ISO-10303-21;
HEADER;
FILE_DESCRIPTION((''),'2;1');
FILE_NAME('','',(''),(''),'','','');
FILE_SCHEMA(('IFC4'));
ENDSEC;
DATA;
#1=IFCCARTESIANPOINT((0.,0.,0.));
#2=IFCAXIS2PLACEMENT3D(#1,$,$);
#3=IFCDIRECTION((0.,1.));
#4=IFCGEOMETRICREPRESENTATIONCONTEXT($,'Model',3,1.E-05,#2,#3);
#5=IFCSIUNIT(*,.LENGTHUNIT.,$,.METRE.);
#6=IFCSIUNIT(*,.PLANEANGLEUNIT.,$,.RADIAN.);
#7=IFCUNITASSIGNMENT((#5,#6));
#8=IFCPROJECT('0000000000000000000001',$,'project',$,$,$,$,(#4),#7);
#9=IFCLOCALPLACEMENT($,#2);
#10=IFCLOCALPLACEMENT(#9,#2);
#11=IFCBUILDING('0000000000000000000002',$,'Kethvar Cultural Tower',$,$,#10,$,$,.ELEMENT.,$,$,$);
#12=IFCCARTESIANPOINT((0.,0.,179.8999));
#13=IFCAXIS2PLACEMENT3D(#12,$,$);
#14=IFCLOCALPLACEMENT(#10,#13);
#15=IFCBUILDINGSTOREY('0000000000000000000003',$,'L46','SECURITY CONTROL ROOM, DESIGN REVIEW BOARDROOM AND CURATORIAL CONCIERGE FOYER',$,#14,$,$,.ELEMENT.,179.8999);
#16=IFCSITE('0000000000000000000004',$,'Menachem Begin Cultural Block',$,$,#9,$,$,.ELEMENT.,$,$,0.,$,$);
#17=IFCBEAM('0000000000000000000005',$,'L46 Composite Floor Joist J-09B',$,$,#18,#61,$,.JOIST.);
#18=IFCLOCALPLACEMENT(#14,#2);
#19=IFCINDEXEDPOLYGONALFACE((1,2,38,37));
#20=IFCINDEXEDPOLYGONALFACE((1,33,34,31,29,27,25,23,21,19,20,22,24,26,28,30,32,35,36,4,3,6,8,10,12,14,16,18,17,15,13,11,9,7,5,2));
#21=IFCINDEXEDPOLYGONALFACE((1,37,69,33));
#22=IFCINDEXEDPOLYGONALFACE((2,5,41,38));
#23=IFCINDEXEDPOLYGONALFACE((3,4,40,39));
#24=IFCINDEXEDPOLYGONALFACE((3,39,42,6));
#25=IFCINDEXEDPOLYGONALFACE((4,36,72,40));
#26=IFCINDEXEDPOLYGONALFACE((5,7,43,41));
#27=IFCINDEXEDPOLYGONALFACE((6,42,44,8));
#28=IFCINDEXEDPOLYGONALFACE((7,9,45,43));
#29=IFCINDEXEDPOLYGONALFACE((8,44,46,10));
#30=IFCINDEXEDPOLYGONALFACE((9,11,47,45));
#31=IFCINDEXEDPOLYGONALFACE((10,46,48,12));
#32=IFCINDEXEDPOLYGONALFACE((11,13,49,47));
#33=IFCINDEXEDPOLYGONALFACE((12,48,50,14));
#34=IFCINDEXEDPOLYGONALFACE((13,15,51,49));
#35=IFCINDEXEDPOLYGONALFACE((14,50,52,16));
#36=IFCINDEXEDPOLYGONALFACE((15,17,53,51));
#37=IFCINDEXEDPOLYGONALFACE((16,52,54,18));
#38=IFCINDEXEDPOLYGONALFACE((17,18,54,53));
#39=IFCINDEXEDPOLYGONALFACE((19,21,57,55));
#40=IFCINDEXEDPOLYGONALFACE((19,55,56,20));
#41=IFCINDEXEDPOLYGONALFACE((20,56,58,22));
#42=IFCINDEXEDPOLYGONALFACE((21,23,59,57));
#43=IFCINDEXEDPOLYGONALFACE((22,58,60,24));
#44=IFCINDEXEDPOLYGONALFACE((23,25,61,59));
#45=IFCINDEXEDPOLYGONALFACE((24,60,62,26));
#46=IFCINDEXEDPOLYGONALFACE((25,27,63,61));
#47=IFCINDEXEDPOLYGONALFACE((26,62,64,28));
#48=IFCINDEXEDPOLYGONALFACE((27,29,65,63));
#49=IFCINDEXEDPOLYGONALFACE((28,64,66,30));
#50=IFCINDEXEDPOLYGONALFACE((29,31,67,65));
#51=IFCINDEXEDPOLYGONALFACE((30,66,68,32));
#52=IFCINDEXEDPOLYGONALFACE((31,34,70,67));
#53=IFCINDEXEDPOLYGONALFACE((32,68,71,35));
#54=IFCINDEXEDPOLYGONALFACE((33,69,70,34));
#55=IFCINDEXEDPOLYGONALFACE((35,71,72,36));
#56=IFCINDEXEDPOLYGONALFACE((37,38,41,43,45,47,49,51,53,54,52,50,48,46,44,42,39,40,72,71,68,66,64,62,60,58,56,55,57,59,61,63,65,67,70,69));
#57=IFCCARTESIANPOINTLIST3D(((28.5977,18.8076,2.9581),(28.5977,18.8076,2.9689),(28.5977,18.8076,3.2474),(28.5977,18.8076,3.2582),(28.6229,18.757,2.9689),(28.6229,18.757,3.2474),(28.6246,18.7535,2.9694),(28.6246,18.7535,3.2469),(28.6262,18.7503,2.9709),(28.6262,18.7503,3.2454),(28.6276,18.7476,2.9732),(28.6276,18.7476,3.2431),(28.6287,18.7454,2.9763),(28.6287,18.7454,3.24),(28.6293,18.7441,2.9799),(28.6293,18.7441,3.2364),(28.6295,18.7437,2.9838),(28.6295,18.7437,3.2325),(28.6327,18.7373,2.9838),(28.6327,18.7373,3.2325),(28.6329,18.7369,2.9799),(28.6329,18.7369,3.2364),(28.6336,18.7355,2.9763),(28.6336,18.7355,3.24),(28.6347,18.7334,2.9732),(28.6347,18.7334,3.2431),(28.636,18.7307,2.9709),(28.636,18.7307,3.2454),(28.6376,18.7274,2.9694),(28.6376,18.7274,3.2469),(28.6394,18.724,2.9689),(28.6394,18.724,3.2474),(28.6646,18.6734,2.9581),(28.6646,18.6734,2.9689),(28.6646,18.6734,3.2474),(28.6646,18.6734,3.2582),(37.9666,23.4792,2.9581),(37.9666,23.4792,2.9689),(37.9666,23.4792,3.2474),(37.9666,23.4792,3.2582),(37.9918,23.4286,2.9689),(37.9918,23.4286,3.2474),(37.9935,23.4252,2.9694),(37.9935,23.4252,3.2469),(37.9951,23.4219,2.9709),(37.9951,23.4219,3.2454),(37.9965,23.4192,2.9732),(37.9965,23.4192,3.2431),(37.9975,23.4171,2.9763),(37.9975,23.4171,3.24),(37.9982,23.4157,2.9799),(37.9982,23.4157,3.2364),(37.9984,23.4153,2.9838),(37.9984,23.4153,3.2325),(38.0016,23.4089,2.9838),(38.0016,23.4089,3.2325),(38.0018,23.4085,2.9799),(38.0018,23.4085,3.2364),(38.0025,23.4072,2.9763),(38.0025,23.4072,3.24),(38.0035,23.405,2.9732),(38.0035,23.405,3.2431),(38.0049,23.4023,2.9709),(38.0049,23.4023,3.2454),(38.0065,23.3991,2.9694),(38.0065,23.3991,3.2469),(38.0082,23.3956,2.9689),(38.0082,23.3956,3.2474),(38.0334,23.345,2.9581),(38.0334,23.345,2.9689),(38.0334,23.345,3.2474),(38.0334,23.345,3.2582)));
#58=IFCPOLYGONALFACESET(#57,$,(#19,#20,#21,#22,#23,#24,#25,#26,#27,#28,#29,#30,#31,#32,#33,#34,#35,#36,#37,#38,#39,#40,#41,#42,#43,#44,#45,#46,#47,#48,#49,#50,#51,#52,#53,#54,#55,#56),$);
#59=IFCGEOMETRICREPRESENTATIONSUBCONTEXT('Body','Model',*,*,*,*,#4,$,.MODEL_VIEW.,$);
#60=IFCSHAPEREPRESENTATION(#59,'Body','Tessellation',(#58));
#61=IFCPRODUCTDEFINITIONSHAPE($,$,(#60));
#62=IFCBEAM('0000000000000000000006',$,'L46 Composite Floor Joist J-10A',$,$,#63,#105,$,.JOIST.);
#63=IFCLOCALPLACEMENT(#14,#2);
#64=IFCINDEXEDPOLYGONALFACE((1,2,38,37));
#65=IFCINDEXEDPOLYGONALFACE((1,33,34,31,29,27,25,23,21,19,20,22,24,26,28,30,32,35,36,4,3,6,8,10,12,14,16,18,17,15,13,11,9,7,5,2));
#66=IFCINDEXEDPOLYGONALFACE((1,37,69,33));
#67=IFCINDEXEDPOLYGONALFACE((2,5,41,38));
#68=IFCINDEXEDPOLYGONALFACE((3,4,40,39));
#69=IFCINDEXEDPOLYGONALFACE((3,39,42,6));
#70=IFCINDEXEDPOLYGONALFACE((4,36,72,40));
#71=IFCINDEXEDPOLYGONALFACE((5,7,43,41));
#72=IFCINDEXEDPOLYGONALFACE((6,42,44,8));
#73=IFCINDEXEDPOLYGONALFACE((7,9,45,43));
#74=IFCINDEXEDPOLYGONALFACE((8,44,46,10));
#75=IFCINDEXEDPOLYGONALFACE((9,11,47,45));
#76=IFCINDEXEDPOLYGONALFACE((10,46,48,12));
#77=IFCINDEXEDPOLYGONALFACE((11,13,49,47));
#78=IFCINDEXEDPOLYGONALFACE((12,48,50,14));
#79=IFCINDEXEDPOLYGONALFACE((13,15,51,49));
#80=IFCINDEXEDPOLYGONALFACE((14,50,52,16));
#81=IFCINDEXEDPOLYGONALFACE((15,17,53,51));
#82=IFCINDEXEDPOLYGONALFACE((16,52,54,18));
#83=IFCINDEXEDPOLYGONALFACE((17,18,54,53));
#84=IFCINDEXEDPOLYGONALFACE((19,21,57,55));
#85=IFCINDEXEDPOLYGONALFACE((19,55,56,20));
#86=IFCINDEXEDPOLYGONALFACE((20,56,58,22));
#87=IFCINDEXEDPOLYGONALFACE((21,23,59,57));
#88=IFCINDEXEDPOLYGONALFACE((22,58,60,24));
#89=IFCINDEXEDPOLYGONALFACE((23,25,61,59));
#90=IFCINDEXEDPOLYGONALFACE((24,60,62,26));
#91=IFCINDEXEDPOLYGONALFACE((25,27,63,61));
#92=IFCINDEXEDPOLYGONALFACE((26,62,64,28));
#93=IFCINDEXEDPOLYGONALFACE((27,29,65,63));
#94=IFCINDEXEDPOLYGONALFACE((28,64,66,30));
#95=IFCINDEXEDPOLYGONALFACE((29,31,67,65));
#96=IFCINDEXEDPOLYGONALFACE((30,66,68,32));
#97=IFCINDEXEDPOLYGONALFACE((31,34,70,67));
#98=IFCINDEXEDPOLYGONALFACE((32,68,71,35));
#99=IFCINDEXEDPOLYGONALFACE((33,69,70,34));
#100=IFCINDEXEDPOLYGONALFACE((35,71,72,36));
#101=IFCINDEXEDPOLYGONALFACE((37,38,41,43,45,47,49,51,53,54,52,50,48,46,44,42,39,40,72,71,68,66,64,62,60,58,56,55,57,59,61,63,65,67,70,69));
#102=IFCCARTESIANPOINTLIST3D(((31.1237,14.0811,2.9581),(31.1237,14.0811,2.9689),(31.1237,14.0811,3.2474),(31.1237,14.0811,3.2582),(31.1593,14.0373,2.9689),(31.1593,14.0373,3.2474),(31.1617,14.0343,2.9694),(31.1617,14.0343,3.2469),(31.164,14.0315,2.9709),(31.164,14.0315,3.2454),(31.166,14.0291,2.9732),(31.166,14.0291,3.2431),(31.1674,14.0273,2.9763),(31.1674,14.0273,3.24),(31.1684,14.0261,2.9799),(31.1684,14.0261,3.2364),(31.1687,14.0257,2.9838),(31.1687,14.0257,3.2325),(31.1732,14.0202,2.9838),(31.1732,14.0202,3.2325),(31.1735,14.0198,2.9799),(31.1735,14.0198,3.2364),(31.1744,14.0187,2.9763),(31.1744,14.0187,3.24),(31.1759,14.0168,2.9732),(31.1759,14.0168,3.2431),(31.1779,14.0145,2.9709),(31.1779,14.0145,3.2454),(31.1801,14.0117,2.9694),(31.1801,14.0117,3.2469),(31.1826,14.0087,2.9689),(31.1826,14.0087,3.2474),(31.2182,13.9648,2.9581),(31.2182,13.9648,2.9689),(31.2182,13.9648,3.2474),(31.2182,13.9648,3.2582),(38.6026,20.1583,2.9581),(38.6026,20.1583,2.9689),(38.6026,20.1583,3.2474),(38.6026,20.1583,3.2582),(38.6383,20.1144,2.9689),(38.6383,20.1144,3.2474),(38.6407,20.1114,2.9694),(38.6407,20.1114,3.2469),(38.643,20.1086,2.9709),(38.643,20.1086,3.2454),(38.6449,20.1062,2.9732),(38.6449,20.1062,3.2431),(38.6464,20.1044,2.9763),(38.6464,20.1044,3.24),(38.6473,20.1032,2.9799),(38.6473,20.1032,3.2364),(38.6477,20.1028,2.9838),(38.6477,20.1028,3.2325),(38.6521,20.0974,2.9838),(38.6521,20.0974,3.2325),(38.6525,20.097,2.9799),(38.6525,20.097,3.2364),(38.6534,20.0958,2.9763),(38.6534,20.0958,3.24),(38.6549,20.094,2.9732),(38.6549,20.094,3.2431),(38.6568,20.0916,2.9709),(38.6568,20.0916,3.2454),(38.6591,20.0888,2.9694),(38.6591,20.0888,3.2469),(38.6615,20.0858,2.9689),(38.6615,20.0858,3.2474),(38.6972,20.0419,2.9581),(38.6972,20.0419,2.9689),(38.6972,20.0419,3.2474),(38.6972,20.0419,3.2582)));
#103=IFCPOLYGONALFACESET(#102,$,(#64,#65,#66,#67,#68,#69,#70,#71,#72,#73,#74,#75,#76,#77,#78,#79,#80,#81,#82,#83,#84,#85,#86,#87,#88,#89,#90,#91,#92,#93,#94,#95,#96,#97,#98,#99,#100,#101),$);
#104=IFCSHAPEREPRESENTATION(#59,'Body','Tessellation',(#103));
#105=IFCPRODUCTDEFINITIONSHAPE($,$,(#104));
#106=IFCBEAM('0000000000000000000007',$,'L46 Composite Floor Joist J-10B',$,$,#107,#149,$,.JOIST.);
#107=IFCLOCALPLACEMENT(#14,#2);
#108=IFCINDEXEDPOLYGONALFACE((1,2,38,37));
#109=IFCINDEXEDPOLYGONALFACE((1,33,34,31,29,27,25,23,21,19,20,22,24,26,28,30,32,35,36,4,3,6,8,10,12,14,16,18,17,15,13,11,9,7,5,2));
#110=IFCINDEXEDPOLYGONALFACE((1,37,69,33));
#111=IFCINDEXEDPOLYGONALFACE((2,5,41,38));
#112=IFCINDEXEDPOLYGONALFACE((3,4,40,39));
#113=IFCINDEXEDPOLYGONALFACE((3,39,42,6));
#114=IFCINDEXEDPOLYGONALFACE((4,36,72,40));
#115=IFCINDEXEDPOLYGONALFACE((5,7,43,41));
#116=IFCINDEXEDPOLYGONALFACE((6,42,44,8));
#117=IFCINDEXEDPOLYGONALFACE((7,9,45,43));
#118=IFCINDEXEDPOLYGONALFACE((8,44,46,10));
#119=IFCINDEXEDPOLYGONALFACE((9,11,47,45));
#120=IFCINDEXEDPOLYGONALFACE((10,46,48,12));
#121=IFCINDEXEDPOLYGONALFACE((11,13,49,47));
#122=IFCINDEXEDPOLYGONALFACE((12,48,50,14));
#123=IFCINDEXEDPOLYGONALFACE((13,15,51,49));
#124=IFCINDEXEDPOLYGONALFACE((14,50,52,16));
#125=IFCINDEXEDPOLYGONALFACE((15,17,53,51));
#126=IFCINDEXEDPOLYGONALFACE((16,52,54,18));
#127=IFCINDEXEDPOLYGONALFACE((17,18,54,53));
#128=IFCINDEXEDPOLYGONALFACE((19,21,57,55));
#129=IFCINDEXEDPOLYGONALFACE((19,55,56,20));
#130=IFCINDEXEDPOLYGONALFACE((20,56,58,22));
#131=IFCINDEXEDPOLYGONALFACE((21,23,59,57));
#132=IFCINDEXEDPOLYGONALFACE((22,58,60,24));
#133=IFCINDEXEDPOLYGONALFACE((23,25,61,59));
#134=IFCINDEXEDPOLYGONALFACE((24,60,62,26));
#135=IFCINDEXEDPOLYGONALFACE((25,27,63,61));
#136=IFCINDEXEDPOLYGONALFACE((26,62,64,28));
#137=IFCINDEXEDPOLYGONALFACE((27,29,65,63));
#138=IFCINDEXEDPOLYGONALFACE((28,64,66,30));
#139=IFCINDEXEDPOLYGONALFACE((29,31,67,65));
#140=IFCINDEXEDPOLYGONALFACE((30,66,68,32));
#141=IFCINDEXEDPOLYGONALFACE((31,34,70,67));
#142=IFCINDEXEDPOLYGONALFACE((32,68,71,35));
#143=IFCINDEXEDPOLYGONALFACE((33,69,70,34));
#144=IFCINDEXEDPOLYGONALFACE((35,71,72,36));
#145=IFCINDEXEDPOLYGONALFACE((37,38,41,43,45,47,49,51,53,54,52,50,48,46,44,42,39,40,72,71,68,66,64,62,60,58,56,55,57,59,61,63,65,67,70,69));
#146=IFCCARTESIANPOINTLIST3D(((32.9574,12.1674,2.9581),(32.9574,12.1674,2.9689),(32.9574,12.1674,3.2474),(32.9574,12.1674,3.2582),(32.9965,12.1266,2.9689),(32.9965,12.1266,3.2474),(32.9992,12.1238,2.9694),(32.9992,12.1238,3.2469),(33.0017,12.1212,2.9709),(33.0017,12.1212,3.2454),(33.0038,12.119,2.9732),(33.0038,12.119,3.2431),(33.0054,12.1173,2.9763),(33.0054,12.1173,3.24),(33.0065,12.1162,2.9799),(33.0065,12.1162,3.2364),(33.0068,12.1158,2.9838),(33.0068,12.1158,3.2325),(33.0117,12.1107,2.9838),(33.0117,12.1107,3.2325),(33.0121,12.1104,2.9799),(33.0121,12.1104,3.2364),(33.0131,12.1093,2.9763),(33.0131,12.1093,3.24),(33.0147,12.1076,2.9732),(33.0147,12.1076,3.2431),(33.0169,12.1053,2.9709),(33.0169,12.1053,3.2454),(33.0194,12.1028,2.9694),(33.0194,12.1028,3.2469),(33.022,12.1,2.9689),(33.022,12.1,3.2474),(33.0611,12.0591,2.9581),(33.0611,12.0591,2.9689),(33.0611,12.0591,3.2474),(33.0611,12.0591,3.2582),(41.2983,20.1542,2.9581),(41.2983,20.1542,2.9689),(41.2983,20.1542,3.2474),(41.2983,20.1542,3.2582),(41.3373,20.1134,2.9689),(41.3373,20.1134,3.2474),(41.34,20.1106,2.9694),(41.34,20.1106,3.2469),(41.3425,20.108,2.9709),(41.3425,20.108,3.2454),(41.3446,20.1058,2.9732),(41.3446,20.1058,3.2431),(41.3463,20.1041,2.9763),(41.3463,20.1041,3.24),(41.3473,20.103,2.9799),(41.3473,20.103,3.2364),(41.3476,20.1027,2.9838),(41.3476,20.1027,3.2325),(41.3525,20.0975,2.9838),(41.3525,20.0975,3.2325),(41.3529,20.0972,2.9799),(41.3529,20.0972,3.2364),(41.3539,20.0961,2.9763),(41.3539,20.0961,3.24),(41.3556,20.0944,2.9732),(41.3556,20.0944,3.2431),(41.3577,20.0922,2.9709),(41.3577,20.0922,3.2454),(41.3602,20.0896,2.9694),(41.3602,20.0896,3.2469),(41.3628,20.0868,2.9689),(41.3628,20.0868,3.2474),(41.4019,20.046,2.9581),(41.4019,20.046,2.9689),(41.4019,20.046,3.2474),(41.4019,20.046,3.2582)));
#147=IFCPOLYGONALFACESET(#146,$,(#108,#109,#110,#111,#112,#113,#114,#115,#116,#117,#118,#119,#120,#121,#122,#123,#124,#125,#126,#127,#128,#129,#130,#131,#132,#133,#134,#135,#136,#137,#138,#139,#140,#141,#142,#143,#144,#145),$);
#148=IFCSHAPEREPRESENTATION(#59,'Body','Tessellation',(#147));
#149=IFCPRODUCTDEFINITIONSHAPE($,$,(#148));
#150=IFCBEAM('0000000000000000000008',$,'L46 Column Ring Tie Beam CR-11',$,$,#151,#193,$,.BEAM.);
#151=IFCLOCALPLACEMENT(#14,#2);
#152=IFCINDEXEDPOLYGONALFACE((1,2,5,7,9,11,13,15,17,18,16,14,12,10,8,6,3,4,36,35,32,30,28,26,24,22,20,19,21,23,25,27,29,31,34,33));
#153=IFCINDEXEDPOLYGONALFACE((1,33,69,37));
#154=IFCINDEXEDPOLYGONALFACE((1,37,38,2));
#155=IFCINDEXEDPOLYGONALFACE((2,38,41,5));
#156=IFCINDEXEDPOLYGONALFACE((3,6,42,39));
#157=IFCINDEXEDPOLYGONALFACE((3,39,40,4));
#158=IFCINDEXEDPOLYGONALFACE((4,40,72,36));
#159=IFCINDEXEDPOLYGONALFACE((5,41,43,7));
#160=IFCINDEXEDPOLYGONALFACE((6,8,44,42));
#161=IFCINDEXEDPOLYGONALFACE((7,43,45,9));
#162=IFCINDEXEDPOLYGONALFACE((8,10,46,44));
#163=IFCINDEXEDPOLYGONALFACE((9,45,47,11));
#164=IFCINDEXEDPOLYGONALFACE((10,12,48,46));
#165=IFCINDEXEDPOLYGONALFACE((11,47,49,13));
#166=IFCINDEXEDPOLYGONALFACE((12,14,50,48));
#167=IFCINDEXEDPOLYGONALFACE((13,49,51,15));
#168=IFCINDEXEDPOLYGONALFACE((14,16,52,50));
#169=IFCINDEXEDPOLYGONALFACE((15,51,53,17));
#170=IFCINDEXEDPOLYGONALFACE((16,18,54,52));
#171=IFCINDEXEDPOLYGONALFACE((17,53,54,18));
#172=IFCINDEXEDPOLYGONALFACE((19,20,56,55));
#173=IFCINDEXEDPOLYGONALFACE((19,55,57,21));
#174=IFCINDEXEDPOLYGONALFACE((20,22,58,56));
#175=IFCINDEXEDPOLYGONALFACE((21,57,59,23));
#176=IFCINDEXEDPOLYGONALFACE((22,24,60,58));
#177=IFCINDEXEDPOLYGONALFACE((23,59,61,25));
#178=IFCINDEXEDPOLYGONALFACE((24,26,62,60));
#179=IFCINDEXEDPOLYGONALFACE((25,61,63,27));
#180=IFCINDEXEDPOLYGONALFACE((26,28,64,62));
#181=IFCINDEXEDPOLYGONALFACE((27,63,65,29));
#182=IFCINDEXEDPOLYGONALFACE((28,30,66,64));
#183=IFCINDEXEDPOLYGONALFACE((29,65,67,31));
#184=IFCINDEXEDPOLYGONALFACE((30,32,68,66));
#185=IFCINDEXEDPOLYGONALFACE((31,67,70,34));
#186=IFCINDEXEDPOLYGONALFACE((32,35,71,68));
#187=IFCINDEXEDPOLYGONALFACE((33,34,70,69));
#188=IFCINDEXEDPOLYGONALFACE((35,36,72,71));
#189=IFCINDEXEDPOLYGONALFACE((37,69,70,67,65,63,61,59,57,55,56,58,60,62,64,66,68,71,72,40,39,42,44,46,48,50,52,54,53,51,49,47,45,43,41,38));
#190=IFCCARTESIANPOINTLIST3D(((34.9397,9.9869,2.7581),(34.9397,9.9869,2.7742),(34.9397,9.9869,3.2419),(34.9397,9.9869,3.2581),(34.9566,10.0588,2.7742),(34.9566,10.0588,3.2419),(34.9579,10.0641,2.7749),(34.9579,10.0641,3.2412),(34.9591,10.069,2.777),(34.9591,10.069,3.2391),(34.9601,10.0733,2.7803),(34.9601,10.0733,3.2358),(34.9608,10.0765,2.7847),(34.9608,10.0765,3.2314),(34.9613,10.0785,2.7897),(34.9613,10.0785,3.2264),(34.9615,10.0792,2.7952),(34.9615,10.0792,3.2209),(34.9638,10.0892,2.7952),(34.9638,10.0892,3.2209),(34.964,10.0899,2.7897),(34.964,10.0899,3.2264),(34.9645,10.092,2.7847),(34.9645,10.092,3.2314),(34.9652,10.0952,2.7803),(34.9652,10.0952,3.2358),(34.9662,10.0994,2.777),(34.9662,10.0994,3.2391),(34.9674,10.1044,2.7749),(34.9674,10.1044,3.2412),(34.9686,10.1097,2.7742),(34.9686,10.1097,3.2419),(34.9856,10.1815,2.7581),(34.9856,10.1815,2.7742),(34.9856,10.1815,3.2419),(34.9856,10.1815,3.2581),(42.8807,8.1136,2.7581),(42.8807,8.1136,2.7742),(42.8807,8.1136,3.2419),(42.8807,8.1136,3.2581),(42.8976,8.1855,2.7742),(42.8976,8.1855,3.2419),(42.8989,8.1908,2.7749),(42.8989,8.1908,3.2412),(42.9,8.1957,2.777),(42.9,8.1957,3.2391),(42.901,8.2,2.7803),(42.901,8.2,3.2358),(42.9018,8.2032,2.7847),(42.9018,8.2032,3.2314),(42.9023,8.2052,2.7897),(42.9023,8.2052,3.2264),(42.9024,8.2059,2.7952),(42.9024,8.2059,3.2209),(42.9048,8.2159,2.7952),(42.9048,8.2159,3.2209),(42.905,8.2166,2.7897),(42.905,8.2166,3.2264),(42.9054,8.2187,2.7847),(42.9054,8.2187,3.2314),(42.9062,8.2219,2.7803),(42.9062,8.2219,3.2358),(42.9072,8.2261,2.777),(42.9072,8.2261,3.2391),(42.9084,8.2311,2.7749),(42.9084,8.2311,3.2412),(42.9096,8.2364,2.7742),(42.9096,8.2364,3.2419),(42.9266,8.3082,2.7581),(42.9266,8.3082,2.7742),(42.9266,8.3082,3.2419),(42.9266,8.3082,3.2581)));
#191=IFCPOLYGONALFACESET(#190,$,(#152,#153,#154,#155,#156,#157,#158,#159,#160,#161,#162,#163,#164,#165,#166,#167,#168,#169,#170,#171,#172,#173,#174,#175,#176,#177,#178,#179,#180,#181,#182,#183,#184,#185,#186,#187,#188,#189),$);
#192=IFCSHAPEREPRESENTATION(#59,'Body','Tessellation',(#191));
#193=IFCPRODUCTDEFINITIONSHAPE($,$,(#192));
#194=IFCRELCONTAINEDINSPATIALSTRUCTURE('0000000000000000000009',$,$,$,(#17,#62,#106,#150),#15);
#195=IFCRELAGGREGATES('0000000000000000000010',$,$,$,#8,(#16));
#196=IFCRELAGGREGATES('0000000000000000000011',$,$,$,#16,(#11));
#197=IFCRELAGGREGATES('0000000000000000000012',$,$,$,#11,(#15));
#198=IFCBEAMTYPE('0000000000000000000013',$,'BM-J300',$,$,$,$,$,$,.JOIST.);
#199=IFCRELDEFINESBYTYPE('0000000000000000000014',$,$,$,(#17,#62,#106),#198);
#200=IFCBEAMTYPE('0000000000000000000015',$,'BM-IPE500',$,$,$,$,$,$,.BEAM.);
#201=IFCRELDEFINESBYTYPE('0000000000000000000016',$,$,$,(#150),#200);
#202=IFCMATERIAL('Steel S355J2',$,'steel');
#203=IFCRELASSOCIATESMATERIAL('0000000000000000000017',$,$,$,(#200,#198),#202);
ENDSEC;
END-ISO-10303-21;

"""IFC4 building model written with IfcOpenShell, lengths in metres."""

from ifc_helpers import new_model, si_unit, direction, frame, origin, origin_2d, place, context, subcontext, project, spatial, i_section, extrude, source, transform, mapped, material, material_profile, profile_set, type_object, element, save


model = new_model("IFC4")

# Units and contexts
model_context = context("Model", 3, precision=1e-05, world=origin(), true_north=direction((0.0, 1.0)))
body_context = subcontext(model_context, "Body", "Model", "MODEL_VIEW")
ifc_project = project(units=[si_unit("LENGTHUNIT", "METRE"), si_unit("PLANEANGLEUNIT", "RADIAN")], contexts=[model_context])

# Site, building, storey
site_placement = place(None, origin())
site = spatial("IfcSite", under=ifc_project, at=site_placement, Name="Menachem Begin Cultural Block", CompositionType="ELEMENT", RefElevation=0.0)
building_placement = place(site_placement, origin())
building = spatial("IfcBuilding", under=site, at=building_placement, Name="Kethvar Cultural Tower", CompositionType="ELEMENT")
storey_placement = place(building_placement, frame((0.0, 0.0, 179.8999)))
storey = spatial("IfcBuildingStorey", under=building, at=storey_placement, Name="L46", Description="SECURITY CONTROL ROOM, DESIGN REVIEW BOARDROOM AND CURATORIAL CONCIERGE FOYER", CompositionType="ELEMENT", Elevation=179.8999)

# Beams
ifc_material_1 = material(Name="Steel S355J2", Category="steel")
ifc_material_profile_1 = material_profile(ifc_material_1, i_section(OverallWidth=0.2, OverallDepth=0.5, WebThickness=0.0103, FlangeThickness=0.0161, FilletRadius=0.021, at=origin_2d()), Name="Steel S355J2 — IPE500")
ifc_profile_set_1 = profile_set([ifc_material_profile_1], Name="Steel S355J2 — IPE500")
beam_type_1 = type_object("IfcBeamType", Name="BM-IPE500", PredefinedType="BEAM", material=ifc_profile_set_1)
ifc_material_profile_2 = material_profile(ifc_material_1, i_section(OverallWidth=0.1499, OverallDepth=0.3, WebThickness=0.0071, FlangeThickness=0.0107, FilletRadius=0.0149, at=origin_2d()), Name="Steel S355J2 — IPE300")
ifc_profile_set_2 = profile_set([ifc_material_profile_2], Name="Steel S355J2 — IPE300")
beam_type_2 = type_object("IfcBeamType", Name="BM-J300", PredefinedType="JOIST", material=ifc_profile_set_2)
shared_shape_1 = source(origin(), body_context, "Body", "SweptSolid", [
    extrude(i_section(OverallWidth=0.1499, OverallDepth=0.3, WebThickness=0.0071, FlangeThickness=0.0107, FilletRadius=0.0149, at=origin_2d()), origin(), (0.0, 0.0, 1.0), 10.469),
])
beam_1_placement = place(storey_placement, frame((38.0, 23.4121, 3.1082), z_axis=(-0.894916, -0.446234, 0.0), x_axis=(0.446234, -0.894916, 0.0)))
element("IfcBeam", 1, at=beam_1_placement, inside=storey, type_object=beam_type_2, Name="L46 Composite Floor Joist J-09B", PredefinedType="JOIST", context=body_context, shape_type="MappedRepresentation", body=[
    mapped(shared_shape_1, transform((0.0, 0.0, 0.0), scale=1.0)),
])
shared_shape_2 = source(origin(), body_context, "Body", "SweptSolid", [
    extrude(i_section(OverallWidth=0.1499, OverallDepth=0.3, WebThickness=0.0071, FlangeThickness=0.0107, FilletRadius=0.0149, at=origin_2d()), origin(), (0.0, 0.0, 1.0), 9.6367),
])
beam_2_placement = place(storey_placement, frame((38.6499, 20.1001, 3.1082), z_axis=(-0.776091, -0.630621, 0.0), x_axis=(0.630621, -0.776091, 0.0)))
element("IfcBeam", 2, at=beam_2_placement, inside=storey, type_object=beam_type_2, Name="L46 Composite Floor Joist J-10A", PredefinedType="JOIST", context=body_context, shape_type="MappedRepresentation", body=[
    mapped(shared_shape_2, transform((0.0, 0.0, 0.0), scale=1.0)),
])
shared_shape_3 = source(origin(), body_context, "Body", "SweptSolid", [
    extrude(i_section(OverallWidth=0.1499, OverallDepth=0.3, WebThickness=0.0071, FlangeThickness=0.0107, FilletRadius=0.0149, at=origin_2d()), origin(), (0.0, 0.0, 1.0), 11.5481),
])
beam_3_placement = place(storey_placement, frame((41.3501, 20.1001, 3.1082), z_axis=(-0.722268, -0.691613, 0.0), x_axis=(0.691613, -0.722268, 0.0)))
element("IfcBeam", 3, at=beam_3_placement, inside=storey, type_object=beam_type_2, Name="L46 Composite Floor Joist J-10B", PredefinedType="JOIST", context=body_context, shape_type="MappedRepresentation", body=[
    mapped(shared_shape_3, transform((0.0, 0.0, 0.0), scale=1.0)),
])
shared_shape_4 = source(origin(), body_context, "Body", "SweptSolid", [
    extrude(i_section(OverallWidth=0.2, OverallDepth=0.5, WebThickness=0.0103, FlangeThickness=0.0161, FilletRadius=0.021, at=origin_2d()), origin(), (0.0, 0.0, 1.0), 8.1589),
])
beam_4_placement = place(storey_placement, frame((34.9626, 10.0842, 3.0081), z_axis=(0.973285, -0.229601, 0.0), x_axis=(0.229601, 0.973285, 0.0)))
element("IfcBeam", 4, at=beam_4_placement, inside=storey, type_object=beam_type_1, Name="L46 Column Ring Tie Beam CR-11", PredefinedType="BEAM", context=body_context, shape_type="MappedRepresentation", body=[
    mapped(shared_shape_4, transform((0.0, 0.0, 0.0), scale=1.0)),
])

save(model, "model.ifc")
